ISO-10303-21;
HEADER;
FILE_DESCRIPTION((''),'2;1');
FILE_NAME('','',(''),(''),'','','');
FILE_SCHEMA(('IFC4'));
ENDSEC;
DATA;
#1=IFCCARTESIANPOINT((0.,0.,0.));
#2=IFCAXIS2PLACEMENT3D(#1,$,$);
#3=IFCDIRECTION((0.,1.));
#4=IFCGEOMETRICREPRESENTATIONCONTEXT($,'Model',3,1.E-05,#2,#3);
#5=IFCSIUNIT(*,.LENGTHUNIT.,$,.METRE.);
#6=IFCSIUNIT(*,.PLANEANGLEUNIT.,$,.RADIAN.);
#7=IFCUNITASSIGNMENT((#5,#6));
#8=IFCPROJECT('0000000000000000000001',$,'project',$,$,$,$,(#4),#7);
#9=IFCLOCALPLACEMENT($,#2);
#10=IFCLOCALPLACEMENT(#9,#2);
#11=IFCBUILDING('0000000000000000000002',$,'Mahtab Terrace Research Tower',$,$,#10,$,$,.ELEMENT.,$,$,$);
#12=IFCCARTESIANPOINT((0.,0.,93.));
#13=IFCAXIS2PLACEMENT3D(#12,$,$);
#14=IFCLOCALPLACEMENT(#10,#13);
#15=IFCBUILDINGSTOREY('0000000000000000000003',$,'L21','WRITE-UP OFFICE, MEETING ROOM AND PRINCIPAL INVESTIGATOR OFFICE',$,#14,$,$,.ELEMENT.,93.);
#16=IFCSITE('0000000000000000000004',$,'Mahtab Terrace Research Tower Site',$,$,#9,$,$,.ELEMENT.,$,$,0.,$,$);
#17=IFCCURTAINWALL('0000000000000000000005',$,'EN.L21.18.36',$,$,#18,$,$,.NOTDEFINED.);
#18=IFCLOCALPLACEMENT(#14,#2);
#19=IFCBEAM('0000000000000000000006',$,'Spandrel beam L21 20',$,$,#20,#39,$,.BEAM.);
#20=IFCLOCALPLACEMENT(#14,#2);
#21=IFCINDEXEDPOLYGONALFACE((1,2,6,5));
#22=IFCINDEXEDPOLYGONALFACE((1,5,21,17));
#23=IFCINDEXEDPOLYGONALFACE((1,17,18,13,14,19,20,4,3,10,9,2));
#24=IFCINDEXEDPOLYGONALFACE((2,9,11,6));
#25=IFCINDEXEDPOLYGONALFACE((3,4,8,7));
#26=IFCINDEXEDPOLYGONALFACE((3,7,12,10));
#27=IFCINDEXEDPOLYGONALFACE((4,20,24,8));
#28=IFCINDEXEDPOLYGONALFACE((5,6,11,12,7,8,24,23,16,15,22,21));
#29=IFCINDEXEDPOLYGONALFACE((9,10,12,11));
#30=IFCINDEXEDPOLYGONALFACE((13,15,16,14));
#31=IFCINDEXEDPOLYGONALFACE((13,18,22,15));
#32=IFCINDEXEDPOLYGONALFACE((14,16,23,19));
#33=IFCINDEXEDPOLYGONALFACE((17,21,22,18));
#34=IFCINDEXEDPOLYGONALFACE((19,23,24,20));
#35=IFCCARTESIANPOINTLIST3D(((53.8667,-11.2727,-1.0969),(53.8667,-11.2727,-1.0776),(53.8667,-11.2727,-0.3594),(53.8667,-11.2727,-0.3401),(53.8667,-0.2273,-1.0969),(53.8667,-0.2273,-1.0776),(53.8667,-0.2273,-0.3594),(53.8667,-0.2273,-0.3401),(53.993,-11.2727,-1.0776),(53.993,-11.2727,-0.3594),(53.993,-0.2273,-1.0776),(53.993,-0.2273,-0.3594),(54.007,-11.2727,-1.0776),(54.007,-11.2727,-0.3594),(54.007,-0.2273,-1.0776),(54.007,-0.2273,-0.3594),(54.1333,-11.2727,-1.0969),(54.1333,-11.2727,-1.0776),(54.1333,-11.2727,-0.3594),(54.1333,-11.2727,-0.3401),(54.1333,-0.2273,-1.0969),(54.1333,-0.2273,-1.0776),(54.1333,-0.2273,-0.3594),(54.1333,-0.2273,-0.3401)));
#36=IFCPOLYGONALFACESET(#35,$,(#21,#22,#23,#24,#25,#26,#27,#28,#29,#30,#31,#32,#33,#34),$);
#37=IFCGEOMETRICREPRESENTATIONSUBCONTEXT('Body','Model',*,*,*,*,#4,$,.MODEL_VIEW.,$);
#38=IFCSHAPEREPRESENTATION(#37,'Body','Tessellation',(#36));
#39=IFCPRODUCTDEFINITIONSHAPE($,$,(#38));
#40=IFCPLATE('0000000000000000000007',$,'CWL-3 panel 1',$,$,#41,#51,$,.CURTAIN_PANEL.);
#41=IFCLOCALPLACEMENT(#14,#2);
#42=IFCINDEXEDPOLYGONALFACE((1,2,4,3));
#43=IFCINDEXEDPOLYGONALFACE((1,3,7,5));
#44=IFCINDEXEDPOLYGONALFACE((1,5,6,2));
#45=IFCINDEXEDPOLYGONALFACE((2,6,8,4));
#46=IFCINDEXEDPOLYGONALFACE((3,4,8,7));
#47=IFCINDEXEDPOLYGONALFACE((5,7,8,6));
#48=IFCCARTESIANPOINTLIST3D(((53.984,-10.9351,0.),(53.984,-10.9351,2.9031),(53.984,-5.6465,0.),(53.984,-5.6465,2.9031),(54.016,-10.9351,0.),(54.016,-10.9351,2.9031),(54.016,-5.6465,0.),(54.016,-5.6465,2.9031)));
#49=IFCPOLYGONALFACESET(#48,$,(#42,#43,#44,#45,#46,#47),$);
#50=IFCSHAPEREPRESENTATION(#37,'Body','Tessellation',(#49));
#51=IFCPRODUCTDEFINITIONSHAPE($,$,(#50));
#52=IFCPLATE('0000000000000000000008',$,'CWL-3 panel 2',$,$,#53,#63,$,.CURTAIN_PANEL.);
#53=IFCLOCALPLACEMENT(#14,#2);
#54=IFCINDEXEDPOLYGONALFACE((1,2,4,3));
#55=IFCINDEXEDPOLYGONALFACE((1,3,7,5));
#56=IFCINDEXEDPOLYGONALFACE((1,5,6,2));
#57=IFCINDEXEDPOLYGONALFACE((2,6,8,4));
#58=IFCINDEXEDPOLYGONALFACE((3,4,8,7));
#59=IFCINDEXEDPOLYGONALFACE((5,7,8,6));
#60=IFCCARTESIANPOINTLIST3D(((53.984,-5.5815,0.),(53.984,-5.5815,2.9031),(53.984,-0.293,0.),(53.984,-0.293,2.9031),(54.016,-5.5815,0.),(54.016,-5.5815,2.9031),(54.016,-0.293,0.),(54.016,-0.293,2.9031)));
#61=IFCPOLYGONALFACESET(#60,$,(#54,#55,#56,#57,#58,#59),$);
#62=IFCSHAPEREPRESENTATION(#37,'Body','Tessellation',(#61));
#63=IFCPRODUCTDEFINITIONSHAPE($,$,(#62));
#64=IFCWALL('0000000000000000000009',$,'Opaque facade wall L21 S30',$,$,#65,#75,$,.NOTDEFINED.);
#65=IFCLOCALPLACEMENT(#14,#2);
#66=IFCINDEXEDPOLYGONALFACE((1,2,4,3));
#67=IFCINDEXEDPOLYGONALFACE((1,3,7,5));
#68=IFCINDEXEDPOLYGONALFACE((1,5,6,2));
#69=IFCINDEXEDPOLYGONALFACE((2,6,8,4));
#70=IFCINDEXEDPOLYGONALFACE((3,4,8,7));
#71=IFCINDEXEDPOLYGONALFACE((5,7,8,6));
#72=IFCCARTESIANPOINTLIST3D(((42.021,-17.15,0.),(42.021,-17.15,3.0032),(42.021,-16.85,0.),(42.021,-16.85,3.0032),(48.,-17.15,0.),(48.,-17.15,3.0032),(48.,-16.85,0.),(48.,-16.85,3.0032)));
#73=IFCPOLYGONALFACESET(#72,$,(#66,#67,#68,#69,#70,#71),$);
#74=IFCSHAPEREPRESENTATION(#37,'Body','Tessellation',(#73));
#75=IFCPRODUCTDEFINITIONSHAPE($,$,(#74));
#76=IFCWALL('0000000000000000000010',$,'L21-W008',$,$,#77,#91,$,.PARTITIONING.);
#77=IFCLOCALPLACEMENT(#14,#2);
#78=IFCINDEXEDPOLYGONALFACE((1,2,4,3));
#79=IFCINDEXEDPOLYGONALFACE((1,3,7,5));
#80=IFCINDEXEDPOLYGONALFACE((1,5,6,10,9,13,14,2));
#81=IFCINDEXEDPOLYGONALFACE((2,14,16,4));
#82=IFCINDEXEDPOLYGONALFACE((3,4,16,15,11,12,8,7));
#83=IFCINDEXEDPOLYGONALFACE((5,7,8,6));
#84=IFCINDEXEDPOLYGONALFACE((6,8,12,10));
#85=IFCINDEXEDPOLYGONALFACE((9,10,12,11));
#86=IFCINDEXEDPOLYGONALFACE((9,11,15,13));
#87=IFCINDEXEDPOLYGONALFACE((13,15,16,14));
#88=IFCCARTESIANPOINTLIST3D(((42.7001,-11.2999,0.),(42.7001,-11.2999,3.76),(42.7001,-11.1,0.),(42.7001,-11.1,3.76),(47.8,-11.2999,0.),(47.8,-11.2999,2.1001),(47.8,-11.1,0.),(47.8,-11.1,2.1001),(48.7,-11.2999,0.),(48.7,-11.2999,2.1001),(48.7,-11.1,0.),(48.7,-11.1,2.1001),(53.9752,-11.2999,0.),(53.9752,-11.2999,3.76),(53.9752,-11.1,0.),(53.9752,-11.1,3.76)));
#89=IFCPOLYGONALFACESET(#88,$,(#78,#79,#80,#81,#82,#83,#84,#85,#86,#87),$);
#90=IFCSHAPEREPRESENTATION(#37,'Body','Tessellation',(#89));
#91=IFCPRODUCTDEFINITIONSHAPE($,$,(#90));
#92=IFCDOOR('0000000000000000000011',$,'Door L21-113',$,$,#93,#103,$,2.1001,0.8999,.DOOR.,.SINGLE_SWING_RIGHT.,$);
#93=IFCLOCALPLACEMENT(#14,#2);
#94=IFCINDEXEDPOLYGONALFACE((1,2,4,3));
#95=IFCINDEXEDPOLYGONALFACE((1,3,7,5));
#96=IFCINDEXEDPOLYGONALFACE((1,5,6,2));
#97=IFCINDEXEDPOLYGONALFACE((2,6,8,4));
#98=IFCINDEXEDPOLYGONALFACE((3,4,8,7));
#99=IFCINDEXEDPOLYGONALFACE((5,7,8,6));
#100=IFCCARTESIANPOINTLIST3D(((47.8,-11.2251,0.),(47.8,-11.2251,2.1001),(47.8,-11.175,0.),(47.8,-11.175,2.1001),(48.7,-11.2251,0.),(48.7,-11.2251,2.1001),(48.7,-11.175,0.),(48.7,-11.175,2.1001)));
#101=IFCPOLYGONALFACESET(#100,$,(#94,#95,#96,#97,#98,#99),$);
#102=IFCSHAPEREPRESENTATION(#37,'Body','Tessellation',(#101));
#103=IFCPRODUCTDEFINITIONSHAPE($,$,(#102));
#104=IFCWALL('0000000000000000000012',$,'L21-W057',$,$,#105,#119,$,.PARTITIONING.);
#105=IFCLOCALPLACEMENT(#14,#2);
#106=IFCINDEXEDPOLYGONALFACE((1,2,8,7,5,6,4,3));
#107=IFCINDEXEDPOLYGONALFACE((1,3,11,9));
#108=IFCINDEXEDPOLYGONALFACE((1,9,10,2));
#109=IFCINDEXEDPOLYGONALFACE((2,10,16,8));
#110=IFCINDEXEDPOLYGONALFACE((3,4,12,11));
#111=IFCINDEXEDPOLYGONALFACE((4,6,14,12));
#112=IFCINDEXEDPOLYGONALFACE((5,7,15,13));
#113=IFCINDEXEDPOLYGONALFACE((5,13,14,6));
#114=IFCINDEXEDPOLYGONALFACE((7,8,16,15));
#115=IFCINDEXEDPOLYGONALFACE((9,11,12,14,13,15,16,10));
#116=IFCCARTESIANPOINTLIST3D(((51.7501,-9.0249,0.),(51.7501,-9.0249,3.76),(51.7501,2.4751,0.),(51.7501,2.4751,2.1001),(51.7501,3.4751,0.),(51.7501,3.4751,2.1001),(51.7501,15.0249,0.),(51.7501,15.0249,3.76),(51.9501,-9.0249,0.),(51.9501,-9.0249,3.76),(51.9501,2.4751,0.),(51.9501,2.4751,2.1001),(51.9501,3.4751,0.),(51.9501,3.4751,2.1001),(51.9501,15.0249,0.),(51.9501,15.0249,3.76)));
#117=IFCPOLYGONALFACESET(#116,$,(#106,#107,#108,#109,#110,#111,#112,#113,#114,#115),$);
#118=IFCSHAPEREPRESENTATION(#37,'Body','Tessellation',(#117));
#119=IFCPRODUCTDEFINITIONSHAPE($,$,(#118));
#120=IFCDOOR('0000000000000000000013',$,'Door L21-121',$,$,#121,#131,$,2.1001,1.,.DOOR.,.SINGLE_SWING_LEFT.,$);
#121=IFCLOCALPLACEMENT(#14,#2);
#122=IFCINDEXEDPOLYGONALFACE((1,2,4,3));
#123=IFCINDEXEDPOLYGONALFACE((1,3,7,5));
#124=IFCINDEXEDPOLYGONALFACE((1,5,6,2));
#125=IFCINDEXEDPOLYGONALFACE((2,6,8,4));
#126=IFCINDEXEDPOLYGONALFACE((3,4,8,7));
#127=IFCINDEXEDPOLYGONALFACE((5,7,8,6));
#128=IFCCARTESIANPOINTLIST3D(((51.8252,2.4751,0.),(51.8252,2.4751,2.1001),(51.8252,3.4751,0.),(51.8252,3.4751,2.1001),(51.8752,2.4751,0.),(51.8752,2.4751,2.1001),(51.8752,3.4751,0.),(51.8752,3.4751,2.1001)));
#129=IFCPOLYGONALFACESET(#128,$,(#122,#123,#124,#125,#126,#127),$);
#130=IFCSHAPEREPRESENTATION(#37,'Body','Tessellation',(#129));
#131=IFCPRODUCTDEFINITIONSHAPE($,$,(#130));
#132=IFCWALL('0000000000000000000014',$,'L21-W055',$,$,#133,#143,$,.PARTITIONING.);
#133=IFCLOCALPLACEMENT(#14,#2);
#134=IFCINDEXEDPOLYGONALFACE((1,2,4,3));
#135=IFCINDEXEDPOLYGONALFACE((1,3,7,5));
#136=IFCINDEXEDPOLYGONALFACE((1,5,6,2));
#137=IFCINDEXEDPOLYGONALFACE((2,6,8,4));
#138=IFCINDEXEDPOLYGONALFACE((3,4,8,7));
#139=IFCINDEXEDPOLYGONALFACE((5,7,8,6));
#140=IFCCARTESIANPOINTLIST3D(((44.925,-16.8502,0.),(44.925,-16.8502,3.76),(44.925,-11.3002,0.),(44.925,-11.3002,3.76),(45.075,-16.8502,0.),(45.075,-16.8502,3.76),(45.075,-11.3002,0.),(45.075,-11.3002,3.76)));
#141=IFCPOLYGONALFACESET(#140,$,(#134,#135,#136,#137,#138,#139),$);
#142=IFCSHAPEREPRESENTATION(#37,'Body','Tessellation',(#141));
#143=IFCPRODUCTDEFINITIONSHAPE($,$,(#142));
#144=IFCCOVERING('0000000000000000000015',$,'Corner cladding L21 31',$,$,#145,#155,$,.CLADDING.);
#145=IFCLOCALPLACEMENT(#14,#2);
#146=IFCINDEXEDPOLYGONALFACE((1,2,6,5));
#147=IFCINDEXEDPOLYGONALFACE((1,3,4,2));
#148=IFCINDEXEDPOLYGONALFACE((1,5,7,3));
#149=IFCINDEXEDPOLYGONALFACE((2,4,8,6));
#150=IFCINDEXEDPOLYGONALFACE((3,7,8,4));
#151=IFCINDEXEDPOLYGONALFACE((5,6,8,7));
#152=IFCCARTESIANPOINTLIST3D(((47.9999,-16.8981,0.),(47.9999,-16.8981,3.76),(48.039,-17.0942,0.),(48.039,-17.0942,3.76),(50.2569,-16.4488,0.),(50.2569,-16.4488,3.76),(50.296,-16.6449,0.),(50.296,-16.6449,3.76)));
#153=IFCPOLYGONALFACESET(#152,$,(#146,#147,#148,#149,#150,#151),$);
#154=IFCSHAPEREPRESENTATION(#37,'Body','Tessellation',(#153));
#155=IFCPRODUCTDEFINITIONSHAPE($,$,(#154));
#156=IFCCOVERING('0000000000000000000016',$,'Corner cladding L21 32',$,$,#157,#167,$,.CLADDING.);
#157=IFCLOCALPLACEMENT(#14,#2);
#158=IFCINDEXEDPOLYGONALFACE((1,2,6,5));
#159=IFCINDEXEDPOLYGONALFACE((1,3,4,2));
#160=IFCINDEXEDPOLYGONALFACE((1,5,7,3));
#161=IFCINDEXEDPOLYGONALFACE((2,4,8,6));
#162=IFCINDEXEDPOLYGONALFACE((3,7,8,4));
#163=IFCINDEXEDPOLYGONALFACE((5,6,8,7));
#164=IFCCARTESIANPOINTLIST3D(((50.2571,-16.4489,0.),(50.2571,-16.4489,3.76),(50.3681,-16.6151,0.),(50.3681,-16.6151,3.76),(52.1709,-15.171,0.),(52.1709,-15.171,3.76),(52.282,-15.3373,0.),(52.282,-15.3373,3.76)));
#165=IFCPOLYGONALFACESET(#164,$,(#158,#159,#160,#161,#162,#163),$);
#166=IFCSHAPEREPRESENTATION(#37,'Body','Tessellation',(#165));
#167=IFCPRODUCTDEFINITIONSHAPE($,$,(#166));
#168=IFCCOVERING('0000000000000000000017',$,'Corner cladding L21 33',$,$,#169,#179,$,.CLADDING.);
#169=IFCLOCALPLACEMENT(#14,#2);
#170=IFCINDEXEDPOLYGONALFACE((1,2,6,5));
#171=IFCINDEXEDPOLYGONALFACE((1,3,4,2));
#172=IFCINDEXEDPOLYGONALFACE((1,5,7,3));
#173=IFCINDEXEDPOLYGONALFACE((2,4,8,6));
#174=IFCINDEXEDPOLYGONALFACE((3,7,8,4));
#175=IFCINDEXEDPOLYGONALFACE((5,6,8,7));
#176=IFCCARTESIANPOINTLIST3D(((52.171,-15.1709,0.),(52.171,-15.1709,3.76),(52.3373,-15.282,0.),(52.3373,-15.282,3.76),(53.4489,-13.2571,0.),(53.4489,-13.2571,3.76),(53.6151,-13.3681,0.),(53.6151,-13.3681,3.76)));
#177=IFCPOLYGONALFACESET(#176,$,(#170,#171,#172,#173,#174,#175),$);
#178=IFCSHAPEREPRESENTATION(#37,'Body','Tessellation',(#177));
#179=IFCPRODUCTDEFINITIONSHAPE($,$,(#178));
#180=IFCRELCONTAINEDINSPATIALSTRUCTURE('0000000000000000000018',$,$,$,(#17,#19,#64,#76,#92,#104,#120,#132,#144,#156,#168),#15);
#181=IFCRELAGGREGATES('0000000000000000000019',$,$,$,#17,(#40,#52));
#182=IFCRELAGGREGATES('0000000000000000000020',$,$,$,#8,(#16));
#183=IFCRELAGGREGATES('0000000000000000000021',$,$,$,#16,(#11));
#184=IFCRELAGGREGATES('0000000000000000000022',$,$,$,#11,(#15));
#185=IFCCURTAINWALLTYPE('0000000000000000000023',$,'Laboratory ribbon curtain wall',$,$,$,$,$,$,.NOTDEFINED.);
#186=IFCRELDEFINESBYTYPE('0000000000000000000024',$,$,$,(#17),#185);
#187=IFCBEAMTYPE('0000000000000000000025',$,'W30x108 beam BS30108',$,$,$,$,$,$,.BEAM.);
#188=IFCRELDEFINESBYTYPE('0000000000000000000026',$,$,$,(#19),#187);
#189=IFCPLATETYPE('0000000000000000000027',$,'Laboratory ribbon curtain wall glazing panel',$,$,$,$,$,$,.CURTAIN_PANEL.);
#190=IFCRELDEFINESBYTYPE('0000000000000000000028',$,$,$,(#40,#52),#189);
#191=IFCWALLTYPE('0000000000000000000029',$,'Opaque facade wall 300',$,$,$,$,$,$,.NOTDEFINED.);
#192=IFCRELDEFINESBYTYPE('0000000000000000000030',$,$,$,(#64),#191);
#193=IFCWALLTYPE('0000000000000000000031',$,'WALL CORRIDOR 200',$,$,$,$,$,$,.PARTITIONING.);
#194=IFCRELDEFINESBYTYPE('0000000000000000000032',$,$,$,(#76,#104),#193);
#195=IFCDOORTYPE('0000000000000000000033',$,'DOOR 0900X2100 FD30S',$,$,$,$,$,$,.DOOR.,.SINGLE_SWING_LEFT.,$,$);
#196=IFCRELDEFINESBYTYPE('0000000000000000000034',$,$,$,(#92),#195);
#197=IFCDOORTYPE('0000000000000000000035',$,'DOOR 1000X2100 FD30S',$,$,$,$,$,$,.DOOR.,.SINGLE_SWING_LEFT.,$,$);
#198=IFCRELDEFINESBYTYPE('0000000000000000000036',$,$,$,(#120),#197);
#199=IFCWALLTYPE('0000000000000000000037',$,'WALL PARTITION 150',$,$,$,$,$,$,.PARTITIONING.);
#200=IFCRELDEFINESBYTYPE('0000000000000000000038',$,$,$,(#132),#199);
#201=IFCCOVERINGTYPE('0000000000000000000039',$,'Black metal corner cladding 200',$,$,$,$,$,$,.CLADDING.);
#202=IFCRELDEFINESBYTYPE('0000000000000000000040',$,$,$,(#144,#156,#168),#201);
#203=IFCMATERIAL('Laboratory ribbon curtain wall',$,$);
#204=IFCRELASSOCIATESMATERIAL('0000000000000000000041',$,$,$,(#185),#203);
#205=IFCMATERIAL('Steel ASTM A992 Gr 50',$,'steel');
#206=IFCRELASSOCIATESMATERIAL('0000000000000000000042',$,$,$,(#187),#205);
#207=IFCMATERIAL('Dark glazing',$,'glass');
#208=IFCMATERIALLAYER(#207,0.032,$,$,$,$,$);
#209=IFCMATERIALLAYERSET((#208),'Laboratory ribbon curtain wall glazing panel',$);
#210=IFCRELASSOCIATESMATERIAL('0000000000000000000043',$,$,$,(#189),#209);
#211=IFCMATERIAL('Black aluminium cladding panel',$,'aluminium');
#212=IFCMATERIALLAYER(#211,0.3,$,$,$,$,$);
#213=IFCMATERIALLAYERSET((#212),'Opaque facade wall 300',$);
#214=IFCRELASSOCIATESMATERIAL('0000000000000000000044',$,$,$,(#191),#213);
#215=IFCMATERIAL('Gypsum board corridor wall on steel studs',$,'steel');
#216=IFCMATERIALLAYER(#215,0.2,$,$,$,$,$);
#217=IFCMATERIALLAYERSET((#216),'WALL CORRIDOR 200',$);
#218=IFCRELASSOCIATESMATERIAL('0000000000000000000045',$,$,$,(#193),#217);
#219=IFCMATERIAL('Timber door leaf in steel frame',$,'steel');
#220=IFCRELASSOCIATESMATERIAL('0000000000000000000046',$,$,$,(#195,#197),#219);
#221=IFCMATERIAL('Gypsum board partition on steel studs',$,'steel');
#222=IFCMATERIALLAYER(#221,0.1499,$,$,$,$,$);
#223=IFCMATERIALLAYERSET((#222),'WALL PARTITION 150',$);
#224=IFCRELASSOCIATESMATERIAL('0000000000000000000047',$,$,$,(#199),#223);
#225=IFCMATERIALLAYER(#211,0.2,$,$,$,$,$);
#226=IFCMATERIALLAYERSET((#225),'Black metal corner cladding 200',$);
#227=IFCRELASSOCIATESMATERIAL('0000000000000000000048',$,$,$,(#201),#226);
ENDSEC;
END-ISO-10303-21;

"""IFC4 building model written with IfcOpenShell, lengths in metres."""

from ifc_helpers import new_model, si_unit, direction, frame, frame_2d, origin, origin_2d, place, context, subcontext, project, spatial, rectangle, i_section, extrude, material, layer, layer_set, material_profile, profile_set, type_object, element, fill, aggregate, save


model = new_model("IFC4")

# Units and contexts
model_context = context("Model", 3, precision=1e-05, world=origin(), true_north=direction((0.0, 1.0)))
body_context = subcontext(model_context, "Body", "Model", "MODEL_VIEW")
ifc_project = project(units=[si_unit("LENGTHUNIT", "METRE"), si_unit("PLANEANGLEUNIT", "RADIAN")], contexts=[model_context])

# Site, building, storey
site_placement = place(None, origin())
site = spatial("IfcSite", under=ifc_project, at=site_placement, Name="Mahtab Terrace Research Tower Site", CompositionType="ELEMENT", RefElevation=0.0)
building_placement = place(site_placement, origin())
building = spatial("IfcBuilding", under=site, at=building_placement, Name="Mahtab Terrace Research Tower", CompositionType="ELEMENT")
storey_placement = place(building_placement, frame((0.0, 0.0, 93.0)))
storey = spatial("IfcBuildingStorey", under=building, at=storey_placement, Name="L21", Description="WRITE-UP OFFICE, MEETING ROOM AND PRINCIPAL INVESTIGATOR OFFICE", CompositionType="ELEMENT", Elevation=93.0)

# Shared definitions
ifc_material_1 = material(Name="Steel ASTM A992 Gr 50", Category="steel")

# Curtain wall
ifc_material_2 = material(Name="Laboratory ribbon curtain wall")
curtain_wall_type = type_object("IfcCurtainWallType", Name="Laboratory ribbon curtain wall", PredefinedType="NOTDEFINED", material=ifc_material_2)
curtain_wall_placement = place(storey_placement, origin())
curtain_wall = element("IfcCurtainWall", 1, at=curtain_wall_placement, inside=storey, type_object=curtain_wall_type, Name="EN.L21.18.36", PredefinedType="NOTDEFINED")

# Beam
ifc_material_profile_1 = material_profile(ifc_material_1, i_section(OverallWidth=0.2666, OverallDepth=0.7568, WebThickness=0.0139, FlangeThickness=0.0193, at=origin_2d()), Name="W30X108")
ifc_profile_set_1 = profile_set([ifc_material_profile_1], Name="Steel ASTM A992 Gr 50")
beam_type = type_object("IfcBeamType", Name="W30x108 beam BS30108", PredefinedType="BEAM", material=ifc_profile_set_1)
beam_1_placement = place(storey_placement, frame((54.0, -11.2727, -0.7185), z_axis=(0.0, 1.0, 0.0), x_axis=(-1.0, 0.0, 0.0)))
element("IfcBeam", 2, at=beam_1_placement, inside=storey, type_object=beam_type, Name="Spandrel beam L21 20", PredefinedType="BEAM", context=body_context, shape_type="SweptSolid", body=[
    extrude(i_section(OverallWidth=0.2666, OverallDepth=0.7568, WebThickness=0.0139, FlangeThickness=0.0193, at=origin_2d()), origin(), (0.0, 0.0, 1.0), 11.0454),
])

# Plates
ifc_material_3 = material(Name="Dark glazing", Category="glass")
ifc_layer_1 = layer(ifc_material_3, 0.032)
ifc_layer_set_1 = layer_set([ifc_layer_1], Name="Laboratory ribbon curtain wall glazing panel")
plate_type = type_object("IfcPlateType", Name="Laboratory ribbon curtain wall glazing panel", PredefinedType="CURTAIN_PANEL", material=ifc_layer_set_1)
plate_1_placement = place(storey_placement, frame((54.0, -8.2908, 0.0), z_axis=(0.0, 0.0, 1.0), x_axis=(0.0, 1.0, 0.0)))
plate_1 = element("IfcPlate", 3, at=plate_1_placement, type_object=plate_type, Name="CWL-3 panel 1", PredefinedType="CURTAIN_PANEL", context=body_context, shape_type="SweptSolid", body=[
    extrude(rectangle(XDim=5.2886, YDim=0.032, at=origin_2d()), origin(), (0.0, 0.0, 1.0), 2.9031),
])
plate_2_placement = place(storey_placement, frame((54.0, -2.9373, 0.0), z_axis=(0.0, 0.0, 1.0), x_axis=(0.0, 1.0, 0.0)))
plate_2 = element("IfcPlate", 4, at=plate_2_placement, type_object=plate_type, Name="CWL-3 panel 2", PredefinedType="CURTAIN_PANEL", context=body_context, shape_type="SweptSolid", body=[
    extrude(rectangle(XDim=5.2886, YDim=0.032, at=origin_2d()), origin(), (0.0, 0.0, 1.0), 2.9031),
])
aggregate(curtain_wall, [plate_1, plate_2])

# Wall
ifc_material_4 = material(Name="Black aluminium cladding panel", Category="aluminium")
ifc_layer_2 = layer(ifc_material_4, 0.3)
ifc_layer_set_2 = layer_set([ifc_layer_2], Name="Opaque facade wall 300")
wall_type_1 = type_object("IfcWallType", Name="Opaque facade wall 300", PredefinedType="NOTDEFINED", material=ifc_layer_set_2)
wall_1_placement = place(storey_placement, frame((42.021, -17.0, 0.0), z_axis=(0.0, 0.0, 1.0), x_axis=(1.0, 0.0, 0.0)))
element("IfcWall", 5, at=wall_1_placement, inside=storey, type_object=wall_type_1, Name="Opaque facade wall L21 S30", PredefinedType="NOTDEFINED", context=body_context, shape_type="SweptSolid", body=[
    extrude(rectangle(XDim=5.979, YDim=0.3, at=frame_2d((2.9895, 0.0))), origin(), (0.0, 0.0, 1.0), 3.0032),
])

# Walls, openings, doors
ifc_material_5 = material(Name="Gypsum board corridor wall on steel studs", Category="steel")
ifc_layer_3 = layer(ifc_material_5, 0.2)
ifc_layer_set_3 = layer_set([ifc_layer_3], Name="WALL CORRIDOR 200")
wall_type_2 = type_object("IfcWallType", Name="WALL CORRIDOR 200", PredefinedType="PARTITIONING", material=ifc_layer_set_3)
wall_2_placement = place(storey_placement, frame((42.7, -11.2, 0.0), z_axis=(0.0, 0.0, 1.0), x_axis=(1.0, 0.0, 0.0)))
wall_2 = element("IfcWall", 6, at=wall_2_placement, inside=storey, type_object=wall_type_2, Name="L21-W008", PredefinedType="PARTITIONING", context=body_context, shape_type="SweptSolid", body=[
    extrude(rectangle(XDim=11.2751, YDim=0.2, at=frame_2d((5.6377, 0.0))), origin(), (0.0, 0.0, 1.0), 3.76),
])
opening_1_placement = place(wall_2_placement, frame((5.1001, 0.0, 0.0)))
opening_1 = element("IfcOpeningElement", 7, at=opening_1_placement, cuts=wall_2, PredefinedType="OPENING", context=body_context, shape_type="SweptSolid", body=[
    extrude(rectangle(XDim=0.8999, YDim=2.1001, at=frame_2d((0.45, 1.05))), frame((0.0, 0.1099, 0.0), z_axis=(0.0, -1.0, 0.0), x_axis=(1.0, 0.0, 0.0)), (0.0, 0.0, 1.0), 0.22),
])
ifc_material_6 = material(Name="Timber door leaf in steel frame", Category="steel")
door_type_1 = type_object("IfcDoorType", Name="DOOR 0900X2100 FD30S", OperationType="SINGLE_SWING_LEFT", PredefinedType="DOOR", material=ifc_material_6)
door_1_placement = place(opening_1_placement, origin())
door_1 = element("IfcDoor", 8, at=door_1_placement, inside=storey, type_object=door_type_1, Name="Door L21-113", OperationType="SINGLE_SWING_RIGHT", OverallHeight=2.1001, OverallWidth=0.8999, PredefinedType="DOOR", context=body_context, shape_type="SweptSolid", body=[
    extrude(rectangle(XDim=0.8999, YDim=2.1001, at=frame_2d((0.45, 1.05))), frame((0.0, 0.0249, 0.0), z_axis=(0.0, -1.0, 0.0), x_axis=(1.0, 0.0, 0.0)), (0.0, 0.0, 1.0), 0.05),
])
fill(opening_1, door_1)
wall_3_placement = place(storey_placement, frame((51.8501, -9.0249, 0.0), z_axis=(0.0, 0.0, 1.0), x_axis=(0.0, 1.0, 0.0)))
wall_3 = element("IfcWall", 9, at=wall_3_placement, inside=storey, type_object=wall_type_2, Name="L21-W057", PredefinedType="PARTITIONING", context=body_context, shape_type="SweptSolid", body=[
    extrude(rectangle(XDim=24.0498, YDim=0.2, at=frame_2d((12.0249, 0.0))), origin(), (0.0, 0.0, 1.0), 3.76),
])
opening_2_placement = place(wall_3_placement, frame((11.5, 0.0, 0.0)))
opening_2 = element("IfcOpeningElement", 10, at=opening_2_placement, cuts=wall_3, PredefinedType="OPENING", context=body_context, shape_type="SweptSolid", body=[
    extrude(rectangle(XDim=1.0, YDim=2.1001, at=frame_2d((0.5, 1.05))), frame((0.0, 0.1099, 0.0), z_axis=(0.0, -1.0, 0.0), x_axis=(1.0, 0.0, 0.0)), (0.0, 0.0, 1.0), 0.22),
])
door_type_2 = type_object("IfcDoorType", Name="DOOR 1000X2100 FD30S", OperationType="SINGLE_SWING_LEFT", PredefinedType="DOOR", material=ifc_material_6)
door_2_placement = place(opening_2_placement, origin())
door_2 = element("IfcDoor", 11, at=door_2_placement, inside=storey, type_object=door_type_2, Name="Door L21-121", OperationType="SINGLE_SWING_LEFT", OverallHeight=2.1001, OverallWidth=1.0, PredefinedType="DOOR", context=body_context, shape_type="SweptSolid", body=[
    extrude(rectangle(XDim=1.0, YDim=2.1001, at=frame_2d((0.5, 1.05))), frame((0.0, 0.0249, 0.0), z_axis=(0.0, -1.0, 0.0), x_axis=(1.0, 0.0, 0.0)), (0.0, 0.0, 1.0), 0.05),
])
fill(opening_2, door_2)

# Wall
ifc_material_7 = material(Name="Gypsum board partition on steel studs", Category="steel")
ifc_layer_4 = layer(ifc_material_7, 0.1499)
ifc_layer_set_4 = layer_set([ifc_layer_4], Name="WALL PARTITION 150")
wall_type_3 = type_object("IfcWallType", Name="WALL PARTITION 150", PredefinedType="PARTITIONING", material=ifc_layer_set_4)
wall_4_placement = place(storey_placement, frame((45.0, -16.8501, 0.0), z_axis=(0.0, 0.0, 1.0), x_axis=(0.0, 1.0, 0.0)))
element("IfcWall", 12, at=wall_4_placement, inside=storey, type_object=wall_type_3, Name="L21-W055", PredefinedType="PARTITIONING", context=body_context, shape_type="SweptSolid", body=[
    extrude(rectangle(XDim=5.55, YDim=0.1499, at=frame_2d((2.7749, 0.0))), origin(), (0.0, 0.0, 1.0), 3.76),
])

# Coverings
ifc_layer_5 = layer(ifc_material_4, 0.2)
ifc_layer_set_5 = layer_set([ifc_layer_5], Name="Black metal corner cladding 200")
covering_type = type_object("IfcCoveringType", Name="Black metal corner cladding 200", PredefinedType="CLADDING", material=ifc_layer_set_5)
for number, where, z_axis, x_axis, name in (
    (13, (49.1479, -16.7715, 0.0), (0.0, 0.0, 1.0), (0.980761, 0.195212, 0.0), "Corner cladding L21 31"),
    (14, (51.2695, -15.8931, 0.0), (0.0, 0.0, 1.0), (0.831656, 0.555291, 0.0), "Corner cladding L21 32"),
    (15, (52.8931, -14.2695, 0.0), (0.0, 0.0, 1.0), (0.555291, 0.831656, 0.0), "Corner cladding L21 33"),
):
    element("IfcCovering", number, at=place(storey_placement, frame(where, z_axis=z_axis, x_axis=x_axis)), inside=storey, type_object=covering_type, Name=name, PredefinedType="CLADDING", context=body_context, shape_type="SweptSolid", body=[
        extrude(rectangle(XDim=2.3013, YDim=0.2, at=origin_2d()), origin(), (0.0, 0.0, 1.0), 3.76),
    ])

save(model, "model.ifc")
